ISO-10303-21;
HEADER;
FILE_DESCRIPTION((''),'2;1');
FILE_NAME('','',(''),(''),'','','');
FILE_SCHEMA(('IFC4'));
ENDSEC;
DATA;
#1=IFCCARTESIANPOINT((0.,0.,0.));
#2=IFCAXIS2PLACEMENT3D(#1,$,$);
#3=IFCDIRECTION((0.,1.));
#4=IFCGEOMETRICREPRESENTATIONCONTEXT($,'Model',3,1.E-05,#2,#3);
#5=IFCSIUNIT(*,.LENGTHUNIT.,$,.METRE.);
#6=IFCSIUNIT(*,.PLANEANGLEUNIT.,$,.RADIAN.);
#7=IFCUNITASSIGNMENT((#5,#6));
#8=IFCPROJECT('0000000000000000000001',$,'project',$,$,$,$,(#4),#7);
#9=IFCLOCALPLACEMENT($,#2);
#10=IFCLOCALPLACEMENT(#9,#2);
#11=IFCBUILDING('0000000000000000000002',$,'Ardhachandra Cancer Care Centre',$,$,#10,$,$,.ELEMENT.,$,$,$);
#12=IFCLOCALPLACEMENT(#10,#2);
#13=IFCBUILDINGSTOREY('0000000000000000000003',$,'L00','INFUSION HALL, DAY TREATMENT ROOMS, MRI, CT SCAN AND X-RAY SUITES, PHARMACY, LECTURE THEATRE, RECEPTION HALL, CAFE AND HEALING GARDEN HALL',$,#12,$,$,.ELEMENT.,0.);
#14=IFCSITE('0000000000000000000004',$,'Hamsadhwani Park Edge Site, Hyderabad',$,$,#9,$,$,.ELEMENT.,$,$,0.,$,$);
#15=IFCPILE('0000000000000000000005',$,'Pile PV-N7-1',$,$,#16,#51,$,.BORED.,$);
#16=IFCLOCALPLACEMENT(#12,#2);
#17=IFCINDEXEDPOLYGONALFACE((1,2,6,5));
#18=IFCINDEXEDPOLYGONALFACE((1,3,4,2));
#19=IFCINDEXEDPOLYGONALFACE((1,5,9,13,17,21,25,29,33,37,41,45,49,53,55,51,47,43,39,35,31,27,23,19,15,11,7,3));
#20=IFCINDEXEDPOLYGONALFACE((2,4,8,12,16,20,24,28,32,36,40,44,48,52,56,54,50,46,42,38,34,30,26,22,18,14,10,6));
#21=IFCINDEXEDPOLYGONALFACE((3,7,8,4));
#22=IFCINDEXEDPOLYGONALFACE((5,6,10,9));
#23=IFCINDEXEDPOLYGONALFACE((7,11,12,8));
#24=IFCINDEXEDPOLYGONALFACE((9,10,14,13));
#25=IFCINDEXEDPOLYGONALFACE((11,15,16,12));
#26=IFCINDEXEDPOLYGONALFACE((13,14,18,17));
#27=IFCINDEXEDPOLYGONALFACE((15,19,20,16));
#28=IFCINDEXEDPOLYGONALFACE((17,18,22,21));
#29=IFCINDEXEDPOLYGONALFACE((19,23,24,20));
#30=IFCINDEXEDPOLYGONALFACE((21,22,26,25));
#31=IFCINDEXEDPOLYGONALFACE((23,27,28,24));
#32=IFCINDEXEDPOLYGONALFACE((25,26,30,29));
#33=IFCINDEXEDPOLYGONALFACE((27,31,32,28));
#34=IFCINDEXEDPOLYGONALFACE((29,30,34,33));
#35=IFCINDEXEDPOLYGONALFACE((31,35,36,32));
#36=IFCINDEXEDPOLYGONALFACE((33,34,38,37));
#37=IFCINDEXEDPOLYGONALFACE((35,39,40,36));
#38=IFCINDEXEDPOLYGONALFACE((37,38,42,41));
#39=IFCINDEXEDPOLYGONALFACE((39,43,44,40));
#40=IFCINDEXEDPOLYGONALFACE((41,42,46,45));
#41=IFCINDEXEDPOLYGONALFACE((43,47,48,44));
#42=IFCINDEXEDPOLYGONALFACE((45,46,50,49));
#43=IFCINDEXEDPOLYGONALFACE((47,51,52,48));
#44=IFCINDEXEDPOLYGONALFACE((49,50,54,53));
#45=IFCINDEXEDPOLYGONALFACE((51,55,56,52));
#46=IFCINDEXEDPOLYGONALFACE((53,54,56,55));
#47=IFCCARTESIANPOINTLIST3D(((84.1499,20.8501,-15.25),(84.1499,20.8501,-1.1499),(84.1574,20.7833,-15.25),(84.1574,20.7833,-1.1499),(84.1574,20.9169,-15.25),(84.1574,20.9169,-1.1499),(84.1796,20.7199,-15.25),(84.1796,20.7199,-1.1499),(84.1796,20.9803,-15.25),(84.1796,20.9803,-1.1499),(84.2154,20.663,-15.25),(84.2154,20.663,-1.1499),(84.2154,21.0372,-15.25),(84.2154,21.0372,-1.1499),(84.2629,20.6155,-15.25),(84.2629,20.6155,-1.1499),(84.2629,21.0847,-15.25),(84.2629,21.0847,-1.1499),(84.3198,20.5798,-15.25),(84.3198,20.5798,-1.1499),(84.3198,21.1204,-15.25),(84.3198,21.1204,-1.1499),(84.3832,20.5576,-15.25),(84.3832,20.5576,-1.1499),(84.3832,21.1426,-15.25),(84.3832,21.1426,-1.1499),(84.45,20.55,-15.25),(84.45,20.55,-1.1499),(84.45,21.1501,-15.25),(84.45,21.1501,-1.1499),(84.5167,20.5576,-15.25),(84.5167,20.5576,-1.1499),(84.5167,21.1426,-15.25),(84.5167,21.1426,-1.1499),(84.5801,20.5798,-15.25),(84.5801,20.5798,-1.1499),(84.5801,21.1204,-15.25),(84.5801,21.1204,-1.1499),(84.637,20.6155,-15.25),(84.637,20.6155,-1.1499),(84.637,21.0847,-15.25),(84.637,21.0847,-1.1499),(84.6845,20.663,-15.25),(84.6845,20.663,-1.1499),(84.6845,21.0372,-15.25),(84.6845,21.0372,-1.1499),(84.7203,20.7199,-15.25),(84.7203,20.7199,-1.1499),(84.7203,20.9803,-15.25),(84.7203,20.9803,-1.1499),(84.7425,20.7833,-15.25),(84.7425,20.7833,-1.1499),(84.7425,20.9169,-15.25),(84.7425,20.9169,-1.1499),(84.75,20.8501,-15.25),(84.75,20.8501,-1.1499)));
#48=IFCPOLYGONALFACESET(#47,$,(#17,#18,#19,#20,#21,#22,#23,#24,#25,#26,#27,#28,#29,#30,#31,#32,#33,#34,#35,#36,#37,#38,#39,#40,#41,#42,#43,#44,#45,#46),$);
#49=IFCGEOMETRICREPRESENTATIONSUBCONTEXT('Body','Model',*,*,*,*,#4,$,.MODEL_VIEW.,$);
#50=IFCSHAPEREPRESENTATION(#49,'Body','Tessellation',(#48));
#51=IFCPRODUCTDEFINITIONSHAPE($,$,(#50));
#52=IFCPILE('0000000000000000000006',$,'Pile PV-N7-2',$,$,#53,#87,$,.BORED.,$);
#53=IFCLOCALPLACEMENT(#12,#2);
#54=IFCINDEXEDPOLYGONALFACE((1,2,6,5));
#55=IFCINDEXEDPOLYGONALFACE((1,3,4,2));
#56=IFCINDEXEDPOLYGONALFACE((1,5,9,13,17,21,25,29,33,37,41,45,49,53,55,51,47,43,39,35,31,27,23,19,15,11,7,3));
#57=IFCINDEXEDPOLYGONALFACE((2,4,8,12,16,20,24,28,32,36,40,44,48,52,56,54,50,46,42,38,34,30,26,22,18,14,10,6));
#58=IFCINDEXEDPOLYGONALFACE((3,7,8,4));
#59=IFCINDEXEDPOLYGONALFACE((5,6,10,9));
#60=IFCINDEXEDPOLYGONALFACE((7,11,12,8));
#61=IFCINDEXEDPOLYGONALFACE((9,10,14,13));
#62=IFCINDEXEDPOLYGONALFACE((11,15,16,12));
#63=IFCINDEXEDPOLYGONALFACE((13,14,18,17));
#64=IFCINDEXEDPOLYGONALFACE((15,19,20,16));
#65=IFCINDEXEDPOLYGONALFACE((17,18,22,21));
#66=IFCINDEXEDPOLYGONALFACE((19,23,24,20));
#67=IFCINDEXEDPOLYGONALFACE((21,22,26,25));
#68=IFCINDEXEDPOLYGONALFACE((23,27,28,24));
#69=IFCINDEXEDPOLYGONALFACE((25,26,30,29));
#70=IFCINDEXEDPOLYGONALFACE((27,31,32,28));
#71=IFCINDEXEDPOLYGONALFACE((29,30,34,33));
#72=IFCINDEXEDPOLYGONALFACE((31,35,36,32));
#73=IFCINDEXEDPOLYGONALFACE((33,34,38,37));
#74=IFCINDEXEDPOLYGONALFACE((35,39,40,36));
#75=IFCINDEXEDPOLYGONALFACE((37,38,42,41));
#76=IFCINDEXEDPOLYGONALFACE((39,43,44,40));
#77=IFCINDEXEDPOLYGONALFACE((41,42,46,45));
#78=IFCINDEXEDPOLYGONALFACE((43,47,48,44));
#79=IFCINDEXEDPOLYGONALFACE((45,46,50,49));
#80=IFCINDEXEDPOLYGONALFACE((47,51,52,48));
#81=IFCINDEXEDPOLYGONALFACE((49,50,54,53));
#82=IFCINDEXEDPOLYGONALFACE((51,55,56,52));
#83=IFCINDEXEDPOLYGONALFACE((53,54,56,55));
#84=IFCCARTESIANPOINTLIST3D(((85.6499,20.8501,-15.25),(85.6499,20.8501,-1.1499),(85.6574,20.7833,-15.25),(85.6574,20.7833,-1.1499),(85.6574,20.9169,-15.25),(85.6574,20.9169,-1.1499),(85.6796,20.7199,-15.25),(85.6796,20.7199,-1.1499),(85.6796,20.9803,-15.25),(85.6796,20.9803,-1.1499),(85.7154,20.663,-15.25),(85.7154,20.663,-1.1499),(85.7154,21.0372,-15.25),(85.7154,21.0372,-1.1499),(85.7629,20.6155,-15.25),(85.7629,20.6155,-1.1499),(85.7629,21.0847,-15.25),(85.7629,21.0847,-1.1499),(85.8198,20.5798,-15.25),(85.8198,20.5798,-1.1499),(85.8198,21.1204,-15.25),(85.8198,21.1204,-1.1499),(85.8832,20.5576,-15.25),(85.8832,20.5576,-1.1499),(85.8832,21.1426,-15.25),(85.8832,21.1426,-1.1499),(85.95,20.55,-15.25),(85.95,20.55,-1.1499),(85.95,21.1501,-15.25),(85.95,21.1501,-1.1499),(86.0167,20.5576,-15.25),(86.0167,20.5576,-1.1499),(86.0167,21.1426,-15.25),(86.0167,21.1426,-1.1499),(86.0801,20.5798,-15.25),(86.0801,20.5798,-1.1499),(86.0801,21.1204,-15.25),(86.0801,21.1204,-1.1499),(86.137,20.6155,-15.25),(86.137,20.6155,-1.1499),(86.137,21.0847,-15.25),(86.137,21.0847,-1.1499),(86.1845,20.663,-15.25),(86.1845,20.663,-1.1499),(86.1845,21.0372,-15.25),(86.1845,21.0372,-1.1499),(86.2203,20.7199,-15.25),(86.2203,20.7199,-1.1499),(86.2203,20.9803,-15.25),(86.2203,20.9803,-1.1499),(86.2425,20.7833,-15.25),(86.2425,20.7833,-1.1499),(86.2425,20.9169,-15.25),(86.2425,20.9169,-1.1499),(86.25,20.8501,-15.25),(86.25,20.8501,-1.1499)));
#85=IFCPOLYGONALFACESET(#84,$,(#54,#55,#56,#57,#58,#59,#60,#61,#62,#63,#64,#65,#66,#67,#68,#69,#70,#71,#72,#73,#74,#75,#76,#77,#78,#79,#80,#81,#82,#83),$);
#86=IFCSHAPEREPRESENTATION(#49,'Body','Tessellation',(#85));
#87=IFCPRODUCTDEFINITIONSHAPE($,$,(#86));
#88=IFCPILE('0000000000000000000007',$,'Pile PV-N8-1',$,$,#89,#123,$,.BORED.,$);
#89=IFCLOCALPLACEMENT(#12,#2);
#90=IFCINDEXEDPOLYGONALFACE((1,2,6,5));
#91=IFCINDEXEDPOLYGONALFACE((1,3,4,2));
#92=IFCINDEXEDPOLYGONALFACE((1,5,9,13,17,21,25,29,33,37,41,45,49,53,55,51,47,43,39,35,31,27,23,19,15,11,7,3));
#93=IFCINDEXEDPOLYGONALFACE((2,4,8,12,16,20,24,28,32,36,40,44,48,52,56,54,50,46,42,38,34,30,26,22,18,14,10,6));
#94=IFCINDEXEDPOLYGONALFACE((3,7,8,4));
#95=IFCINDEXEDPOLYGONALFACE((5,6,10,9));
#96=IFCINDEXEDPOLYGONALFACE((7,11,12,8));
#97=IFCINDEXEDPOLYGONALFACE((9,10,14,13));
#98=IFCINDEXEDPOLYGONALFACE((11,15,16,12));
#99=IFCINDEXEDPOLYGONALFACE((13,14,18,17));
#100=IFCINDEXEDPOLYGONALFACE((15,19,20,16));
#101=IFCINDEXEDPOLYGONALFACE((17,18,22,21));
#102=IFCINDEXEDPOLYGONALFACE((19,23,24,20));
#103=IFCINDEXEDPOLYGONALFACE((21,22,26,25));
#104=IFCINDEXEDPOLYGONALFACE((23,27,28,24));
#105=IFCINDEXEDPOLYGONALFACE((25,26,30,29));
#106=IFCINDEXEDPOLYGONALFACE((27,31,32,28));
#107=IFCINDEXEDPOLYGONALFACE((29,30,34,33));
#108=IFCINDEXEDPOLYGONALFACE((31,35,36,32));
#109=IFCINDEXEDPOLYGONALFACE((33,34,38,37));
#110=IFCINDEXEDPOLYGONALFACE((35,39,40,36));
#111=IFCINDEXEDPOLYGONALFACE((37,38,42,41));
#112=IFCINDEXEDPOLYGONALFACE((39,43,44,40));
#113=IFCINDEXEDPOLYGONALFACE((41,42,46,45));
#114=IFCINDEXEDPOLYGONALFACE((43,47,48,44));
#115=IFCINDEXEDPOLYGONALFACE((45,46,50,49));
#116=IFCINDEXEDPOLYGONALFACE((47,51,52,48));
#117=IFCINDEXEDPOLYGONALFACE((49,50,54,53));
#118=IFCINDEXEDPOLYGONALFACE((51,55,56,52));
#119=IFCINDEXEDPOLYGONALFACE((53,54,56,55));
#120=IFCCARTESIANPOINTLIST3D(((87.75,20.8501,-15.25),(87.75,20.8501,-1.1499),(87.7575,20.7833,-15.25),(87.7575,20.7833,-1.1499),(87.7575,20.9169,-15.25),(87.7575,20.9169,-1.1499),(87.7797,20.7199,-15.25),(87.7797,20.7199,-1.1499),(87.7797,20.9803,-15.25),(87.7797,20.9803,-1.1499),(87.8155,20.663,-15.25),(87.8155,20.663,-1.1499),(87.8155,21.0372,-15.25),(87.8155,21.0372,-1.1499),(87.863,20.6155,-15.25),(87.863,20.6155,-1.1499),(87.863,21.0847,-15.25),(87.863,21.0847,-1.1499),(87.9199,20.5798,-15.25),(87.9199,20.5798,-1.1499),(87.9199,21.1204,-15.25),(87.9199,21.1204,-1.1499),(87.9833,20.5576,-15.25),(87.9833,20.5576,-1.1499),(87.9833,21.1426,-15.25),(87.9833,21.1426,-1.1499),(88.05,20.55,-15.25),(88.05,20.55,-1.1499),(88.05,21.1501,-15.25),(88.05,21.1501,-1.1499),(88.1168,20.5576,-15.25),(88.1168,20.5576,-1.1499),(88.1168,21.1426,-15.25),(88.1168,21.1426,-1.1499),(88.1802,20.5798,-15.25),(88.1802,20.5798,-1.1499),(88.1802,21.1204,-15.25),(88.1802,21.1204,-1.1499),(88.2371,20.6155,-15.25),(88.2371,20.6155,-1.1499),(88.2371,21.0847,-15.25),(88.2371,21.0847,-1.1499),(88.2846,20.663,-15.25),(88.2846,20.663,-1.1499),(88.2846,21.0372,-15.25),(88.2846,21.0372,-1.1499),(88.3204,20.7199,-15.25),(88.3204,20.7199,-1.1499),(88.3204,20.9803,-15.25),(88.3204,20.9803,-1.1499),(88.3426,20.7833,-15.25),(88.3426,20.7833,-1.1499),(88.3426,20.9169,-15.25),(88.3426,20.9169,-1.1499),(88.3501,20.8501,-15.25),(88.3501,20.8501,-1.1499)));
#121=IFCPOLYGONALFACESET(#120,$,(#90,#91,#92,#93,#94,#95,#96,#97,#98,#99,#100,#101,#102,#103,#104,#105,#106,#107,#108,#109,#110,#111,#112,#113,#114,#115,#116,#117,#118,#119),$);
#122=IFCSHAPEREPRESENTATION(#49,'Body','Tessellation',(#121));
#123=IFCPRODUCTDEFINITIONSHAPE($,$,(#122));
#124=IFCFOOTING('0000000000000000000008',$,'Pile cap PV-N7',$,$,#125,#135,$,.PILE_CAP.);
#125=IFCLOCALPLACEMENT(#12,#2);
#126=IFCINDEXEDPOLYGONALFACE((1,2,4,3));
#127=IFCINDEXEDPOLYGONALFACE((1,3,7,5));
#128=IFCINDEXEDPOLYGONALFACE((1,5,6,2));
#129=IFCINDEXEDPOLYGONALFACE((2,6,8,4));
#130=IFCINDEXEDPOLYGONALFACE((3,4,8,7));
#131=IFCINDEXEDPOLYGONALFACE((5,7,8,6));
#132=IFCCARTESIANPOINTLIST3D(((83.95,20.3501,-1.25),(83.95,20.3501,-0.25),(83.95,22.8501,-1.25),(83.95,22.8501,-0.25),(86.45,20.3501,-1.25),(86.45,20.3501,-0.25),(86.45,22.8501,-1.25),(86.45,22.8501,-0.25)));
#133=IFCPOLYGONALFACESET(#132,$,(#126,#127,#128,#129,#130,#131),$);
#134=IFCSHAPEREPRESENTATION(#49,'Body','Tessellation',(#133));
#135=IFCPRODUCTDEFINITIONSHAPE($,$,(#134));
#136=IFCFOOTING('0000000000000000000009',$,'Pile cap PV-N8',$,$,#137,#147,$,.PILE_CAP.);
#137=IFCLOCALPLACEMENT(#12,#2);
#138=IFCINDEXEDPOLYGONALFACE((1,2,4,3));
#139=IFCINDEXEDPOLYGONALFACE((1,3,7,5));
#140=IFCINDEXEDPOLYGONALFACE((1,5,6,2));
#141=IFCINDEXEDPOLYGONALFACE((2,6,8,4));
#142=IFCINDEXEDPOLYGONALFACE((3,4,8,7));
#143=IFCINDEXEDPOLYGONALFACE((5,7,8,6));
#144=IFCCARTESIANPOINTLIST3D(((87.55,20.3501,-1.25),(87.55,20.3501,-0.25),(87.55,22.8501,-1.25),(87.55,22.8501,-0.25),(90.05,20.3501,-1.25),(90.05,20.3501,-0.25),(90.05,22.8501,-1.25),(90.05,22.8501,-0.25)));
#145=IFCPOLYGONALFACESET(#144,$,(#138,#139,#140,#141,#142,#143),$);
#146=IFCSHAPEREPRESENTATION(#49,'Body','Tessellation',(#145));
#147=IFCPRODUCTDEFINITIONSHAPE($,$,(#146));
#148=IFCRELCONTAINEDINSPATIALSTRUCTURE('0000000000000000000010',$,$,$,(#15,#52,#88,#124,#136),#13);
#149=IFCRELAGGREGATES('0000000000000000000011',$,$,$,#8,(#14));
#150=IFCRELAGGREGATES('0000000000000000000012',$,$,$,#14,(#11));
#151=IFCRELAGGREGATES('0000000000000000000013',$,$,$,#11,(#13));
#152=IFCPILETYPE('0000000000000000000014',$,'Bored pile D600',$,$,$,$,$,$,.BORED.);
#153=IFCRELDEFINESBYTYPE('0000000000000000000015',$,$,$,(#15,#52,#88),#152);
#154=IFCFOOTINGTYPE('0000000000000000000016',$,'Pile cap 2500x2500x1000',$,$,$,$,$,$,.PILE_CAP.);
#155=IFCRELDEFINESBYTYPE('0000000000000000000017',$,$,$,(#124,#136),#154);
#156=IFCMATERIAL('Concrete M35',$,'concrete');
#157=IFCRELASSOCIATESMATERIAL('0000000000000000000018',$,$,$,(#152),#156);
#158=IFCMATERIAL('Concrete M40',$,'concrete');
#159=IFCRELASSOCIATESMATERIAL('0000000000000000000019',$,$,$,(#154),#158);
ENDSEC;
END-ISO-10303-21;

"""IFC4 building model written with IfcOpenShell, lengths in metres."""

from ifc_helpers import new_model, si_unit, direction, frame, origin, origin_2d, place, context, subcontext, project, spatial, rectangle, circle, extrude, material, material_profile, profile_set, type_object, element, save


model = new_model("IFC4")

# Units and contexts
model_context = context("Model", 3, precision=1e-05, world=origin(), true_north=direction((0.0, 1.0)))
body_context = subcontext(model_context, "Body", "Model", "MODEL_VIEW")
ifc_project = project(units=[si_unit("LENGTHUNIT", "METRE"), si_unit("PLANEANGLEUNIT", "RADIAN")], contexts=[model_context])

# Site, building, storey
site_placement = place(None, origin())
site = spatial("IfcSite", under=ifc_project, at=site_placement, Name="Hamsadhwani Park Edge Site, Hyderabad", CompositionType="ELEMENT", RefElevation=0.0)
building_placement = place(site_placement, origin())
building = spatial("IfcBuilding", under=site, at=building_placement, Name="Ardhachandra Cancer Care Centre", CompositionType="ELEMENT")
storey_placement = place(building_placement, origin())
storey = spatial("IfcBuildingStorey", under=building, at=storey_placement, Name="L00", Description="INFUSION HALL, DAY TREATMENT ROOMS, MRI, CT SCAN AND X-RAY SUITES, PHARMACY, LECTURE THEATRE, RECEPTION HALL, CAFE AND HEALING GARDEN HALL", CompositionType="ELEMENT", Elevation=0.0)

# Piles
ifc_material_1 = material(Name="Concrete M35", Category="concrete")
ifc_material_profile_1 = material_profile(ifc_material_1, circle(Radius=0.3, at=origin_2d()), Name="D600")
ifc_profile_set_1 = profile_set([ifc_material_profile_1], Name="Concrete M35")
pile_type = type_object("IfcPileType", Name="Bored pile D600", PredefinedType="BORED", material=ifc_profile_set_1)
for number, where, z_axis, x_axis, name in (
    (1, (84.45, 20.8501, -1.1499), (0.0, 0.0, -1.0), (1.0, 0.0, 0.0), "Pile PV-N7-1"),
    (2, (85.95, 20.8501, -1.1499), (0.0, 0.0, -1.0), (1.0, 0.0, 0.0), "Pile PV-N7-2"),
    (3, (88.05, 20.8501, -1.1499), (0.0, 0.0, -1.0), (1.0, 0.0, 0.0), "Pile PV-N8-1"),
):
    element("IfcPile", number, at=place(storey_placement, frame(where, z_axis=z_axis, x_axis=x_axis)), inside=storey, type_object=pile_type, Name=name, PredefinedType="BORED", context=body_context, shape_type="SweptSolid", body=[
        extrude(circle(Radius=0.3, at=origin_2d()), origin(), (0.0, 0.0, 1.0), 14.1001),
    ])

# Footings
ifc_material_2 = material(Name="Concrete M40", Category="concrete")
footing_type = type_object("IfcFootingType", Name="Pile cap 2500x2500x1000", PredefinedType="PILE_CAP", material=ifc_material_2)
for number, where, z_axis, x_axis, name in (
    (4, (85.2, 21.6001, -1.25), (0.0, 0.0, 1.0), (1.0, 0.0, 0.0), "Pile cap PV-N7"),
    (5, (88.8, 21.6001, -1.25), (0.0, 0.0, 1.0), (1.0, 0.0, 0.0), "Pile cap PV-N8"),
):
    element("IfcFooting", number, at=place(storey_placement, frame(where, z_axis=z_axis, x_axis=x_axis)), inside=storey, type_object=footing_type, Name=name, PredefinedType="PILE_CAP", context=body_context, shape_type="SweptSolid", body=[
        extrude(rectangle(XDim=2.5, YDim=2.5, at=origin_2d()), origin(), (0.0, 0.0, 1.0), 1.0),
    ])

save(model, "model.ifc")
